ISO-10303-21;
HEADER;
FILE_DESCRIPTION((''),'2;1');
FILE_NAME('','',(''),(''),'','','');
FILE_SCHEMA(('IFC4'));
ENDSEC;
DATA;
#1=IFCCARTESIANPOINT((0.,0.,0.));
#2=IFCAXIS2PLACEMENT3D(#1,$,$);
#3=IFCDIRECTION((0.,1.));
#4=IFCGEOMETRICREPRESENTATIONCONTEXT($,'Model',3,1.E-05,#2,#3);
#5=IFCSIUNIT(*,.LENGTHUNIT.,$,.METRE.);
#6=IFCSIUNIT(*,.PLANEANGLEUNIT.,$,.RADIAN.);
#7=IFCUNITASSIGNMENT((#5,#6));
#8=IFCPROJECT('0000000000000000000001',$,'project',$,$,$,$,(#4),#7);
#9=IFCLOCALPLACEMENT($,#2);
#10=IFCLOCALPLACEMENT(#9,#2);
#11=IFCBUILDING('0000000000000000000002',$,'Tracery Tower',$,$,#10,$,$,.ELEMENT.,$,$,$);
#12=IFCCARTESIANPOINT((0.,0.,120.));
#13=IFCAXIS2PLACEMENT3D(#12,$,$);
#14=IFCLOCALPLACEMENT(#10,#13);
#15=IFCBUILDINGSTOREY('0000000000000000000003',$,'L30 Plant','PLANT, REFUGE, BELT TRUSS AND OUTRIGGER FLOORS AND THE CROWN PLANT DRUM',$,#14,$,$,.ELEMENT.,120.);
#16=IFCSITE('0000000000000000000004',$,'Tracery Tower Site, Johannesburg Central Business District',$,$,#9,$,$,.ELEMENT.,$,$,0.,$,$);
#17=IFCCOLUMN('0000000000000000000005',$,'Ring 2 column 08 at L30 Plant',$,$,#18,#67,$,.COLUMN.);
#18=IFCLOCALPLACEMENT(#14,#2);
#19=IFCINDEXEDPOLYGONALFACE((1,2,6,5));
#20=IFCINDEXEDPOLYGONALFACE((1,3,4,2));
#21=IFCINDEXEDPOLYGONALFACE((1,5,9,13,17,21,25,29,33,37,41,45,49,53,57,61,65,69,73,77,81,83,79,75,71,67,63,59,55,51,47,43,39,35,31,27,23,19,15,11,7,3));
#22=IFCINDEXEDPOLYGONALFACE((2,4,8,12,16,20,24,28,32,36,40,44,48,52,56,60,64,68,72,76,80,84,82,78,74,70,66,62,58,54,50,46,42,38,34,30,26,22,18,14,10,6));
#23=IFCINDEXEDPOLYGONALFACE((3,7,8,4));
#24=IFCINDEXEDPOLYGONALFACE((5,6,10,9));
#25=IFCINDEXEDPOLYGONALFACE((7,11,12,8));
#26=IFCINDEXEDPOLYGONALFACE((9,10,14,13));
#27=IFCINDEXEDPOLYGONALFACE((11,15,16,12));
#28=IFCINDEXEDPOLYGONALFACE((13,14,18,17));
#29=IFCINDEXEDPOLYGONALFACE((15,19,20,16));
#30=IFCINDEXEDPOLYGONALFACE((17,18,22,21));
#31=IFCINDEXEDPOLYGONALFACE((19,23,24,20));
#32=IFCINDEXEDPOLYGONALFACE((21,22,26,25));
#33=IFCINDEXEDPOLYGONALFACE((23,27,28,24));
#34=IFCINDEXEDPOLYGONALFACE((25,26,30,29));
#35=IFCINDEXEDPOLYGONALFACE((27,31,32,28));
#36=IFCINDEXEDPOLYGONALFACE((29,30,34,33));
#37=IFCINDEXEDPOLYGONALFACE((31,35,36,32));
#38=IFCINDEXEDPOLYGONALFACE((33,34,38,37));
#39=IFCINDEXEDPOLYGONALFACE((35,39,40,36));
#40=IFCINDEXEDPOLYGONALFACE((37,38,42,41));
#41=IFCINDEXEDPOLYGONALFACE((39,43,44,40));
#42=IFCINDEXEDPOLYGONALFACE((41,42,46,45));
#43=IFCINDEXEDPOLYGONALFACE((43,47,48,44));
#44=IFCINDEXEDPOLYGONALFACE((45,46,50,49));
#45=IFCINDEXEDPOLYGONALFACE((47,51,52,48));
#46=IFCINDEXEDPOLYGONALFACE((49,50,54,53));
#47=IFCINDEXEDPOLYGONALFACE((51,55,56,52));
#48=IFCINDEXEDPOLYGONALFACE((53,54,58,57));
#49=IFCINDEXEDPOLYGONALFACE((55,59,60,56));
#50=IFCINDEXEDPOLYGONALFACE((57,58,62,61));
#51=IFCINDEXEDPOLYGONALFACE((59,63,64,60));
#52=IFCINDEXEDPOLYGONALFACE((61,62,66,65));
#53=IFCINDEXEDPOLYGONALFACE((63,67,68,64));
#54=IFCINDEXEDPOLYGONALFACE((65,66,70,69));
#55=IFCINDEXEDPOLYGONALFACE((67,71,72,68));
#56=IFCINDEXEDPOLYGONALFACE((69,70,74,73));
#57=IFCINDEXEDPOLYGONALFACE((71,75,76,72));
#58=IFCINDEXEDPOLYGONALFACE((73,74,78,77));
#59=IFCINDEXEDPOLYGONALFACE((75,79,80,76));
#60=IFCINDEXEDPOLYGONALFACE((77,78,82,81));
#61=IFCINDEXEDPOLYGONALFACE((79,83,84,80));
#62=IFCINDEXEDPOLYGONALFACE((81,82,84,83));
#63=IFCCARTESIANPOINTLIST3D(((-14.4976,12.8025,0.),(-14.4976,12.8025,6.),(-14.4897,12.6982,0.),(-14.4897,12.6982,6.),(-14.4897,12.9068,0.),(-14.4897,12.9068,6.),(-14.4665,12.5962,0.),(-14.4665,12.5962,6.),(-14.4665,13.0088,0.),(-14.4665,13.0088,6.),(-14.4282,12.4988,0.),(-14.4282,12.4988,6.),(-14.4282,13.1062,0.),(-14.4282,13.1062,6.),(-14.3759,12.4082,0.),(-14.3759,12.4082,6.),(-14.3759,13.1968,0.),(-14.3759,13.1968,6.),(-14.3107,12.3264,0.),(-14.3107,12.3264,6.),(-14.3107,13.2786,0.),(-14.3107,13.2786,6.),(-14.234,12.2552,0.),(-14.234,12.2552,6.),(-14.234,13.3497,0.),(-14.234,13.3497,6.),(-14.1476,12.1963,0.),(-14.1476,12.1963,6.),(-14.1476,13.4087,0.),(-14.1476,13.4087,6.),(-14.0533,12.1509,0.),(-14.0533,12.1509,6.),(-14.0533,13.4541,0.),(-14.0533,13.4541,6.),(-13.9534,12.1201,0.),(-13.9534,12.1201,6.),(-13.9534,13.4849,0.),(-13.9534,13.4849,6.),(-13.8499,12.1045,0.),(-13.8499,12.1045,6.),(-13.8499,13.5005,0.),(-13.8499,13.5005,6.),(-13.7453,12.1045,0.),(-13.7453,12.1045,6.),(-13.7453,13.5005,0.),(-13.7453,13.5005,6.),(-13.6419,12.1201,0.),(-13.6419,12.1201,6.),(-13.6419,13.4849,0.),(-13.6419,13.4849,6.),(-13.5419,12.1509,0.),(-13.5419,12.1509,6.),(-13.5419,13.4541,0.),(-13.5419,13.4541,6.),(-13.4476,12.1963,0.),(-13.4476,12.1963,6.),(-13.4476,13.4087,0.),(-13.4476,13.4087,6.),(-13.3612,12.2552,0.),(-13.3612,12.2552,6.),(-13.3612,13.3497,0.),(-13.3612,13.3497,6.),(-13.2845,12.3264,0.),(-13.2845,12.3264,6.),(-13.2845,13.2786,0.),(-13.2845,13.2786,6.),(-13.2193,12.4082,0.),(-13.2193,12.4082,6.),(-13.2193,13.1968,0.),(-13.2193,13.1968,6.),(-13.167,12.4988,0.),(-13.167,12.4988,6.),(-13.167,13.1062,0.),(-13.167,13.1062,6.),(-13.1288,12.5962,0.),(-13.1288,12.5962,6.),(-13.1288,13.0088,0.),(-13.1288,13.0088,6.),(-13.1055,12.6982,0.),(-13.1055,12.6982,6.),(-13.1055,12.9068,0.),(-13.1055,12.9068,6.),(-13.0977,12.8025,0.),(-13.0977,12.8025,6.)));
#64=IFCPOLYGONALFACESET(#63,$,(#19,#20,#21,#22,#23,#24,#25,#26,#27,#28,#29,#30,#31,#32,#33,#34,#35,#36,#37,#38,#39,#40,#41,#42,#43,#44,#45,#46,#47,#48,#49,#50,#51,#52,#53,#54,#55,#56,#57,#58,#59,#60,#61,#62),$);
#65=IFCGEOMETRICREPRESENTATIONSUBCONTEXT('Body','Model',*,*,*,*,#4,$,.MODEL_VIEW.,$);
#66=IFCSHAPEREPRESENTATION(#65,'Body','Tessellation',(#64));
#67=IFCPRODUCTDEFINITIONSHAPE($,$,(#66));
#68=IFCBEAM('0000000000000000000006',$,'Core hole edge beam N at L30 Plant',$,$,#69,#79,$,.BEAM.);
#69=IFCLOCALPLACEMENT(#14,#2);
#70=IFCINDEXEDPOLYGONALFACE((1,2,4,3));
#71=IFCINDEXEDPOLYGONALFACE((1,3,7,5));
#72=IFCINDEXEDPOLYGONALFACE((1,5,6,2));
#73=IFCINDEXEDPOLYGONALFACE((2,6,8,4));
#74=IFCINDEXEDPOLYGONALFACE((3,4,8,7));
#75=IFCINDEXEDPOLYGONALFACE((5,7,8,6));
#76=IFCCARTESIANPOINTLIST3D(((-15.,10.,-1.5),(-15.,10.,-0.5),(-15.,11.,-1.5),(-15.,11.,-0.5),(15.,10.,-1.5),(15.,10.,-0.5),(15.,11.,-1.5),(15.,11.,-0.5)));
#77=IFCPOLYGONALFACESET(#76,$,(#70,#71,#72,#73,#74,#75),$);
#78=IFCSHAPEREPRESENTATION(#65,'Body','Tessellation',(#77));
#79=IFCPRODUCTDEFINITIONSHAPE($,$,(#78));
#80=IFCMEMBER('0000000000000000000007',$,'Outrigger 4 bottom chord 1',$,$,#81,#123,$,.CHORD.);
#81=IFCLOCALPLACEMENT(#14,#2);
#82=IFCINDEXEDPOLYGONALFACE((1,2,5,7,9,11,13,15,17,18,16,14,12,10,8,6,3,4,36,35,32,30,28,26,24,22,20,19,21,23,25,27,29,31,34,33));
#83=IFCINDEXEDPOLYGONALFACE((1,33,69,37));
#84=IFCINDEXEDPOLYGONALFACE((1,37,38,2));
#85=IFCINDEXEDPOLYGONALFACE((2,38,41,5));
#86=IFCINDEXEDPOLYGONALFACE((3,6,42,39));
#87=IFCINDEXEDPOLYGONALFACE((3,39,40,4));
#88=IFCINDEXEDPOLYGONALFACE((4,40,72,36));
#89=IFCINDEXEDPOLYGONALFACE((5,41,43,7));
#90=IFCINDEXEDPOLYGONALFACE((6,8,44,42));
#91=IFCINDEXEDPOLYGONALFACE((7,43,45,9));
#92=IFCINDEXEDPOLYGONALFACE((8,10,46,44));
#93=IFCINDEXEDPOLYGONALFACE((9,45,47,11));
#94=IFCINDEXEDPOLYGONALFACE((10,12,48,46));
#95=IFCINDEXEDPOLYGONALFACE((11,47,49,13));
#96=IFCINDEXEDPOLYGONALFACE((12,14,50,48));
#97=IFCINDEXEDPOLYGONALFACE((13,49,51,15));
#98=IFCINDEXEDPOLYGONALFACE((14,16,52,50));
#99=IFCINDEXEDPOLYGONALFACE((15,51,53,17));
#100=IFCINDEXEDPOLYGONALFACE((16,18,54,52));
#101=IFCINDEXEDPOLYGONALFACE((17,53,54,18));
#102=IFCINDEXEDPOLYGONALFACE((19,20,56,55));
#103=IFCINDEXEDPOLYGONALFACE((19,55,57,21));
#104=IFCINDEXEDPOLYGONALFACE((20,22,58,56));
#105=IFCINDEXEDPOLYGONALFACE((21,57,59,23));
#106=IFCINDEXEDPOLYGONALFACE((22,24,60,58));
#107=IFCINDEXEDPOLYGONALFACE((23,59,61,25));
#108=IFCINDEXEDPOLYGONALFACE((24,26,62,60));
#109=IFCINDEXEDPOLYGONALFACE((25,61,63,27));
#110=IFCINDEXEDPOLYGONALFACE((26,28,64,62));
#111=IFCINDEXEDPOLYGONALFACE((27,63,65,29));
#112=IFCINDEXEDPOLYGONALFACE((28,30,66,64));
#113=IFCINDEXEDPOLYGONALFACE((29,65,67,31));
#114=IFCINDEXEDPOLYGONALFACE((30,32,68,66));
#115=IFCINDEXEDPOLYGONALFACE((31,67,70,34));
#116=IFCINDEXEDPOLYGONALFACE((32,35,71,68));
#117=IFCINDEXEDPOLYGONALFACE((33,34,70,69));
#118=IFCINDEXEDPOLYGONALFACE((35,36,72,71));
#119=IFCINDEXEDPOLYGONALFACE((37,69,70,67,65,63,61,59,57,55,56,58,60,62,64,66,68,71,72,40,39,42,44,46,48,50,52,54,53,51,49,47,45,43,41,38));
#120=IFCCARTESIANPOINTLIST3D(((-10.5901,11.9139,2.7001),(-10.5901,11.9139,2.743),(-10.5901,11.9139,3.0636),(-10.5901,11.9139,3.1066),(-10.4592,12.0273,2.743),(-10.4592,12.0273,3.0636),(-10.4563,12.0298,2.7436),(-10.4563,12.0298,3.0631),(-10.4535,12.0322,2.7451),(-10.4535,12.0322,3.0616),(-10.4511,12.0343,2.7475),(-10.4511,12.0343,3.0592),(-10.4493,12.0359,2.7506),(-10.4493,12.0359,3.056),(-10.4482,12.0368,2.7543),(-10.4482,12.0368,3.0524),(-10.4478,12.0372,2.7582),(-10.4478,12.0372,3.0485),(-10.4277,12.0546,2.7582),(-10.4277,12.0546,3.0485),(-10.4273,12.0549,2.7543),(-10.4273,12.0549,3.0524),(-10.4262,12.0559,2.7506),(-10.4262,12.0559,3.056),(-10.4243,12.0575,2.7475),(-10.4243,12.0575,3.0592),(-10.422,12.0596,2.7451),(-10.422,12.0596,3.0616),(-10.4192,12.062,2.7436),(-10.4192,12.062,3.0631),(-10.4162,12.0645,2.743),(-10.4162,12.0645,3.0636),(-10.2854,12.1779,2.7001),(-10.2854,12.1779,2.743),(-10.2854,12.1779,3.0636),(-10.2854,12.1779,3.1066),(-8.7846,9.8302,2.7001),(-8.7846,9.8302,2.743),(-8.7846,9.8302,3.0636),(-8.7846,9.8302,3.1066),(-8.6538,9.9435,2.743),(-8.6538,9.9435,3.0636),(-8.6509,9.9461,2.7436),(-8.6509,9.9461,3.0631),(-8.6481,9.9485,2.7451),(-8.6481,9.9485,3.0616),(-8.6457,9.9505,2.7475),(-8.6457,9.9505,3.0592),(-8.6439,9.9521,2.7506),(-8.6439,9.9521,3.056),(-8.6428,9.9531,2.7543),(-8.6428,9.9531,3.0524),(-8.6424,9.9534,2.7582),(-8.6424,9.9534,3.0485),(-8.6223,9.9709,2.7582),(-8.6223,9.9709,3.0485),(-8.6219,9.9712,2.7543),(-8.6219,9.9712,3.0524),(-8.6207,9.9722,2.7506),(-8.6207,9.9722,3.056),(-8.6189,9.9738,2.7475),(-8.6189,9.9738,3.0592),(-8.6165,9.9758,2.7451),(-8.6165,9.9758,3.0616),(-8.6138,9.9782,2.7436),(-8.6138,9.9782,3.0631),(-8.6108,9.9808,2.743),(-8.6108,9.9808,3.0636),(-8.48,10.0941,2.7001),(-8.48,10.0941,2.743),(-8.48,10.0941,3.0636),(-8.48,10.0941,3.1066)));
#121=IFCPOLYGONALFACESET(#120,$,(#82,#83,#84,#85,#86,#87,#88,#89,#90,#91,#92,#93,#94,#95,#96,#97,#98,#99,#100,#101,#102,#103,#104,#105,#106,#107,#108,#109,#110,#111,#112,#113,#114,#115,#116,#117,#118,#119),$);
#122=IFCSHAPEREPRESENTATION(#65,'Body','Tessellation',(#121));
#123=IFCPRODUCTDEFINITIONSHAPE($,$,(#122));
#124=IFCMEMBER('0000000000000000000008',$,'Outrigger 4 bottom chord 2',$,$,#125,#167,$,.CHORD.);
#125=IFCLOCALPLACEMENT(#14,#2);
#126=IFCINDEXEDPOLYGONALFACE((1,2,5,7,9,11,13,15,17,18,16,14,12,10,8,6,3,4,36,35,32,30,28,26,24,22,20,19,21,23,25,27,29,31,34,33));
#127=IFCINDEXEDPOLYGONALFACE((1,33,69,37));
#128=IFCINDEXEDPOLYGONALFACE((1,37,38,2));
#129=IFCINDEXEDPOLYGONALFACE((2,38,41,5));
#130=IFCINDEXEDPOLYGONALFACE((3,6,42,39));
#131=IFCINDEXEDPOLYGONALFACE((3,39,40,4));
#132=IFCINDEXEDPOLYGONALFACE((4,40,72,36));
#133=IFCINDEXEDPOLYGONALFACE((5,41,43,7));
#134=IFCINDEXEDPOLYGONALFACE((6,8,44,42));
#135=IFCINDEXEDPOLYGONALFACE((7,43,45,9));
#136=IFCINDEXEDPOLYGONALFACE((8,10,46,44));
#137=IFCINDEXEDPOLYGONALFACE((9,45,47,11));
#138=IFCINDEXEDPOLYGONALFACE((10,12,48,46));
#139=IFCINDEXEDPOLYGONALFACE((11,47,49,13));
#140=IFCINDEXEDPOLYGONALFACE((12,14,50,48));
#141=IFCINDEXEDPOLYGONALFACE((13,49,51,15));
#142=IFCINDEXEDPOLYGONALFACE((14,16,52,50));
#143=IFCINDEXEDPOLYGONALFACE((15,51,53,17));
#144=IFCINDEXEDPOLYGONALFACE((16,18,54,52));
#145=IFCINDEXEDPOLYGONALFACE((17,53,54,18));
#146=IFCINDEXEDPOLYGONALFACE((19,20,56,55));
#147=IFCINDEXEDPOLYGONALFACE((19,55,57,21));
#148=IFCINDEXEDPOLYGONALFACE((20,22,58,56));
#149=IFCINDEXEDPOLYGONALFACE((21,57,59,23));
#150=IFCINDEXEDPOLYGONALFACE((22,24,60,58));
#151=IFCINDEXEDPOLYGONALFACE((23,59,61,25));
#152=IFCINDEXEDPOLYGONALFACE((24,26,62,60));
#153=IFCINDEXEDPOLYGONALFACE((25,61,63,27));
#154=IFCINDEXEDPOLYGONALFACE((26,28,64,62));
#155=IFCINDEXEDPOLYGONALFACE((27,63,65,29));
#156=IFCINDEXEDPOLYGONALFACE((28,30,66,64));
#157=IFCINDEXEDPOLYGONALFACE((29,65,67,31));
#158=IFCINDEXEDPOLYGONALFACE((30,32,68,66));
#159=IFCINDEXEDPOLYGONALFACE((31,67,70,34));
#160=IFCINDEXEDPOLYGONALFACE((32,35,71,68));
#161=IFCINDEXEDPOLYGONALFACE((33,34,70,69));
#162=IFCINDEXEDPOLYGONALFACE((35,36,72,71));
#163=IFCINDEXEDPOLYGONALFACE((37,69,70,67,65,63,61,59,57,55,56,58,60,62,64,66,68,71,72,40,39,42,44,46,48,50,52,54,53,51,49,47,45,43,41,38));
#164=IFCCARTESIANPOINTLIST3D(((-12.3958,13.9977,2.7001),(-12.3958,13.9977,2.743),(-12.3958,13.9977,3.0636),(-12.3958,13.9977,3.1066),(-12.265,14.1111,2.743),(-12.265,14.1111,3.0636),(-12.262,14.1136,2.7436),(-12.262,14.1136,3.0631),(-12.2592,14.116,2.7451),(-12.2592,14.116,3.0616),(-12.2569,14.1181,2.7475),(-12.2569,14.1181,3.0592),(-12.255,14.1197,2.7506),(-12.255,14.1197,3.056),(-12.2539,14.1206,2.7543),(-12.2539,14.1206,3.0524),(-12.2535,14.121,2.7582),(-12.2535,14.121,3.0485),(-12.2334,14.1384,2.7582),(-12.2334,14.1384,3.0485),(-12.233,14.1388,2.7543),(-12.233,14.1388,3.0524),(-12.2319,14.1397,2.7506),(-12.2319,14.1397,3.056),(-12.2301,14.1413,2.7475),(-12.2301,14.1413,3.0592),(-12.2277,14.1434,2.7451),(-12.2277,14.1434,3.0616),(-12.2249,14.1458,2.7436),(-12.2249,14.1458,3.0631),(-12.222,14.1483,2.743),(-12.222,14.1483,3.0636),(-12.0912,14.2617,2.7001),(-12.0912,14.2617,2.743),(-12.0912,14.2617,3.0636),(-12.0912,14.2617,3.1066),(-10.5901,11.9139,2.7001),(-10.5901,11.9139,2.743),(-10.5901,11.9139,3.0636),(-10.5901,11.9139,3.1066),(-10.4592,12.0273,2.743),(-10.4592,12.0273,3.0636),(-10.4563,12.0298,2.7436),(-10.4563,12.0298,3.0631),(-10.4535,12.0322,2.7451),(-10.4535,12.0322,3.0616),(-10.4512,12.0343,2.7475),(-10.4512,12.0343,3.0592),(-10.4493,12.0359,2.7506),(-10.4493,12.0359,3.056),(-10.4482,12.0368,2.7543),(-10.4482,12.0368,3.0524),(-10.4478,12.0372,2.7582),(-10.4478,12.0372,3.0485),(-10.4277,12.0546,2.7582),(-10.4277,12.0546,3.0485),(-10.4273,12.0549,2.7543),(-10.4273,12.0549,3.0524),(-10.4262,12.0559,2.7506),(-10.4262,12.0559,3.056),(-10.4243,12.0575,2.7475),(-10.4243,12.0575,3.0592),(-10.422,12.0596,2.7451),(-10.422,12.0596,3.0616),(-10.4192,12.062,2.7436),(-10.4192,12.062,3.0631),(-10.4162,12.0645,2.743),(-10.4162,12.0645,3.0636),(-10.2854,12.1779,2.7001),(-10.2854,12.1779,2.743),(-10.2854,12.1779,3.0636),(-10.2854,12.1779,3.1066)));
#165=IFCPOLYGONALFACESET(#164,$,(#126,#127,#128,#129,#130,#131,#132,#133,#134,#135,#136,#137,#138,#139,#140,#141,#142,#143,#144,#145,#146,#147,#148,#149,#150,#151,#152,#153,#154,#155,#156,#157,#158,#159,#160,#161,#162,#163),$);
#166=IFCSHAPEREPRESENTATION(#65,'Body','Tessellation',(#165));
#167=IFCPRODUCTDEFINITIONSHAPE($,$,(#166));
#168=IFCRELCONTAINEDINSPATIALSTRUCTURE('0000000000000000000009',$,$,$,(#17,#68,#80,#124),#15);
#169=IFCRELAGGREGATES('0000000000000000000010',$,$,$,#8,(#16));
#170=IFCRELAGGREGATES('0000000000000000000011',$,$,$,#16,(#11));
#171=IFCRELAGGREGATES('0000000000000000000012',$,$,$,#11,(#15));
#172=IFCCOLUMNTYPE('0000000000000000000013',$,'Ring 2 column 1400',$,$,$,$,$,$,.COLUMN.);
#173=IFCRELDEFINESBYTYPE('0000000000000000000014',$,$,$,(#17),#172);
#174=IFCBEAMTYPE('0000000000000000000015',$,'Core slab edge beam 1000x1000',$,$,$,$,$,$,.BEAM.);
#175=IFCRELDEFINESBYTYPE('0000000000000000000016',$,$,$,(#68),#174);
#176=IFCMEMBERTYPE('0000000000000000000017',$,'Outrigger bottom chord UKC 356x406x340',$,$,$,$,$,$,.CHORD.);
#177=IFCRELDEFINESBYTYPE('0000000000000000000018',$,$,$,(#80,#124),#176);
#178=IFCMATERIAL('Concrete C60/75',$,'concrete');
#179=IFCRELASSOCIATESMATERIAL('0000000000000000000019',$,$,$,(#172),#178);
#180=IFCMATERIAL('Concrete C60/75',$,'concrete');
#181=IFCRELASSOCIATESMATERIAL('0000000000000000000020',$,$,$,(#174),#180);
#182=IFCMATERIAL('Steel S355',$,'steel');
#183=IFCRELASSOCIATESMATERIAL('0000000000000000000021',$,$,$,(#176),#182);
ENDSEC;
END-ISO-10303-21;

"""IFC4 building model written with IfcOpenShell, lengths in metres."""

from ifc_helpers import new_model, si_unit, direction, frame, origin, origin_2d, place, context, subcontext, project, spatial, rectangle, circle, i_section, extrude, material, material_profile, profile_set, type_object, element, save


model = new_model("IFC4")

# Units and contexts
model_context = context("Model", 3, precision=1e-05, world=origin(), true_north=direction((0.0, 1.0)))
body_context = subcontext(model_context, "Body", "Model", "MODEL_VIEW")
ifc_project = project(units=[si_unit("LENGTHUNIT", "METRE"), si_unit("PLANEANGLEUNIT", "RADIAN")], contexts=[model_context])

# Site, building, storey
site_placement = place(None, origin())
site = spatial("IfcSite", under=ifc_project, at=site_placement, Name="Tracery Tower Site, Johannesburg Central Business District", CompositionType="ELEMENT", RefElevation=0.0)
building_placement = place(site_placement, origin())
building = spatial("IfcBuilding", under=site, at=building_placement, Name="Tracery Tower", CompositionType="ELEMENT")
storey_placement = place(building_placement, frame((0.0, 0.0, 120.0)))
storey = spatial("IfcBuildingStorey", under=building, at=storey_placement, Name="L30 Plant", Description="PLANT, REFUGE, BELT TRUSS AND OUTRIGGER FLOORS AND THE CROWN PLANT DRUM", CompositionType="ELEMENT", Elevation=120.0)

# Column
ifc_material_1 = material(Name="Concrete C60/75", Category="concrete")
ifc_material_profile_1 = material_profile(ifc_material_1, circle(Radius=0.7, at=origin_2d()), Name="RC D1400")
ifc_profile_set_1 = profile_set([ifc_material_profile_1], Name="Concrete C60/75")
column_type = type_object("IfcColumnType", Name="Ring 2 column 1400", PredefinedType="COLUMN", material=ifc_profile_set_1)
column_placement = place(storey_placement, frame((-13.7976, 12.8025, 0.0), z_axis=(0.0, 0.0, 1.0), x_axis=(1.0, 0.0, 0.0)))
element("IfcColumn", 1, at=column_placement, inside=storey, type_object=column_type, Name="Ring 2 column 08 at L30 Plant", PredefinedType="COLUMN", context=body_context, shape_type="SweptSolid", body=[
    extrude(circle(Radius=0.7, at=origin_2d()), origin(), (0.0, 0.0, 1.0), 6.0),
])

# Beam
ifc_material_2 = material(Name="Concrete C60/75", Category="concrete")
ifc_material_profile_2 = material_profile(ifc_material_2, rectangle(XDim=1.0, YDim=1.0, at=origin_2d()), Name="RC 1000x1000")
ifc_profile_set_2 = profile_set([ifc_material_profile_2], Name="Concrete C60/75")
beam_type = type_object("IfcBeamType", Name="Core slab edge beam 1000x1000", PredefinedType="BEAM", material=ifc_profile_set_2)
beam_placement = place(storey_placement, frame((-15.0, 10.5, -1.0), z_axis=(1.0, 0.0, 0.0), x_axis=(0.0, 1.0, 0.0)))
element("IfcBeam", 2, at=beam_placement, inside=storey, type_object=beam_type, Name="Core hole edge beam N at L30 Plant", PredefinedType="BEAM", context=body_context, shape_type="SweptSolid", body=[
    extrude(rectangle(XDim=1.0, YDim=1.0, at=origin_2d()), origin(), (0.0, 0.0, 1.0), 30.0),
])

# Members
ifc_material_3 = material(Name="Steel S355", Category="steel")
ifc_material_profile_3 = material_profile(ifc_material_3, i_section(OverallWidth=0.4031, OverallDepth=0.4065, WebThickness=0.0266, FlangeThickness=0.043, FilletRadius=0.0151, at=origin_2d()), Name="UKC 356x406x340")
ifc_profile_set_3 = profile_set([ifc_material_profile_3], Name="Steel S355")
member_type_1 = type_object("IfcMemberType", Name="Outrigger bottom chord UKC 356x406x340", PredefinedType="CHORD", material=ifc_profile_set_3)
member_1_placement = place(storey_placement, frame((-8.6323, 9.9622, 2.9033), z_axis=(-0.654829, 0.755777, 0.0), x_axis=(-0.755777, -0.654829, 0.0)))
element("IfcMember", 3, at=member_1_placement, inside=storey, type_object=member_type_1, Name="Outrigger 4 bottom chord 1", PredefinedType="CHORD", context=body_context, shape_type="SweptSolid", body=[
    extrude(i_section(OverallWidth=0.4031, OverallDepth=0.4065, WebThickness=0.0266, FlangeThickness=0.043, FilletRadius=0.0151, at=origin_2d()), origin(), (0.0, 0.0, 1.0), 2.7571),
])
member_2_placement = place(storey_placement, frame((-10.4377, 12.0459, 2.9033), z_axis=(-0.65488, 0.755733, 0.0), x_axis=(-0.755733, -0.65488, 0.0)))
element("IfcMember", 4, at=member_2_placement, inside=storey, type_object=member_type_1, Name="Outrigger 4 bottom chord 2", PredefinedType="CHORD", context=body_context, shape_type="SweptSolid", body=[
    extrude(i_section(OverallWidth=0.4031, OverallDepth=0.4065, WebThickness=0.0266, FlangeThickness=0.043, FilletRadius=0.0151, at=origin_2d()), origin(), (0.0, 0.0, 1.0), 2.7573),
])

save(model, "model.ifc")
